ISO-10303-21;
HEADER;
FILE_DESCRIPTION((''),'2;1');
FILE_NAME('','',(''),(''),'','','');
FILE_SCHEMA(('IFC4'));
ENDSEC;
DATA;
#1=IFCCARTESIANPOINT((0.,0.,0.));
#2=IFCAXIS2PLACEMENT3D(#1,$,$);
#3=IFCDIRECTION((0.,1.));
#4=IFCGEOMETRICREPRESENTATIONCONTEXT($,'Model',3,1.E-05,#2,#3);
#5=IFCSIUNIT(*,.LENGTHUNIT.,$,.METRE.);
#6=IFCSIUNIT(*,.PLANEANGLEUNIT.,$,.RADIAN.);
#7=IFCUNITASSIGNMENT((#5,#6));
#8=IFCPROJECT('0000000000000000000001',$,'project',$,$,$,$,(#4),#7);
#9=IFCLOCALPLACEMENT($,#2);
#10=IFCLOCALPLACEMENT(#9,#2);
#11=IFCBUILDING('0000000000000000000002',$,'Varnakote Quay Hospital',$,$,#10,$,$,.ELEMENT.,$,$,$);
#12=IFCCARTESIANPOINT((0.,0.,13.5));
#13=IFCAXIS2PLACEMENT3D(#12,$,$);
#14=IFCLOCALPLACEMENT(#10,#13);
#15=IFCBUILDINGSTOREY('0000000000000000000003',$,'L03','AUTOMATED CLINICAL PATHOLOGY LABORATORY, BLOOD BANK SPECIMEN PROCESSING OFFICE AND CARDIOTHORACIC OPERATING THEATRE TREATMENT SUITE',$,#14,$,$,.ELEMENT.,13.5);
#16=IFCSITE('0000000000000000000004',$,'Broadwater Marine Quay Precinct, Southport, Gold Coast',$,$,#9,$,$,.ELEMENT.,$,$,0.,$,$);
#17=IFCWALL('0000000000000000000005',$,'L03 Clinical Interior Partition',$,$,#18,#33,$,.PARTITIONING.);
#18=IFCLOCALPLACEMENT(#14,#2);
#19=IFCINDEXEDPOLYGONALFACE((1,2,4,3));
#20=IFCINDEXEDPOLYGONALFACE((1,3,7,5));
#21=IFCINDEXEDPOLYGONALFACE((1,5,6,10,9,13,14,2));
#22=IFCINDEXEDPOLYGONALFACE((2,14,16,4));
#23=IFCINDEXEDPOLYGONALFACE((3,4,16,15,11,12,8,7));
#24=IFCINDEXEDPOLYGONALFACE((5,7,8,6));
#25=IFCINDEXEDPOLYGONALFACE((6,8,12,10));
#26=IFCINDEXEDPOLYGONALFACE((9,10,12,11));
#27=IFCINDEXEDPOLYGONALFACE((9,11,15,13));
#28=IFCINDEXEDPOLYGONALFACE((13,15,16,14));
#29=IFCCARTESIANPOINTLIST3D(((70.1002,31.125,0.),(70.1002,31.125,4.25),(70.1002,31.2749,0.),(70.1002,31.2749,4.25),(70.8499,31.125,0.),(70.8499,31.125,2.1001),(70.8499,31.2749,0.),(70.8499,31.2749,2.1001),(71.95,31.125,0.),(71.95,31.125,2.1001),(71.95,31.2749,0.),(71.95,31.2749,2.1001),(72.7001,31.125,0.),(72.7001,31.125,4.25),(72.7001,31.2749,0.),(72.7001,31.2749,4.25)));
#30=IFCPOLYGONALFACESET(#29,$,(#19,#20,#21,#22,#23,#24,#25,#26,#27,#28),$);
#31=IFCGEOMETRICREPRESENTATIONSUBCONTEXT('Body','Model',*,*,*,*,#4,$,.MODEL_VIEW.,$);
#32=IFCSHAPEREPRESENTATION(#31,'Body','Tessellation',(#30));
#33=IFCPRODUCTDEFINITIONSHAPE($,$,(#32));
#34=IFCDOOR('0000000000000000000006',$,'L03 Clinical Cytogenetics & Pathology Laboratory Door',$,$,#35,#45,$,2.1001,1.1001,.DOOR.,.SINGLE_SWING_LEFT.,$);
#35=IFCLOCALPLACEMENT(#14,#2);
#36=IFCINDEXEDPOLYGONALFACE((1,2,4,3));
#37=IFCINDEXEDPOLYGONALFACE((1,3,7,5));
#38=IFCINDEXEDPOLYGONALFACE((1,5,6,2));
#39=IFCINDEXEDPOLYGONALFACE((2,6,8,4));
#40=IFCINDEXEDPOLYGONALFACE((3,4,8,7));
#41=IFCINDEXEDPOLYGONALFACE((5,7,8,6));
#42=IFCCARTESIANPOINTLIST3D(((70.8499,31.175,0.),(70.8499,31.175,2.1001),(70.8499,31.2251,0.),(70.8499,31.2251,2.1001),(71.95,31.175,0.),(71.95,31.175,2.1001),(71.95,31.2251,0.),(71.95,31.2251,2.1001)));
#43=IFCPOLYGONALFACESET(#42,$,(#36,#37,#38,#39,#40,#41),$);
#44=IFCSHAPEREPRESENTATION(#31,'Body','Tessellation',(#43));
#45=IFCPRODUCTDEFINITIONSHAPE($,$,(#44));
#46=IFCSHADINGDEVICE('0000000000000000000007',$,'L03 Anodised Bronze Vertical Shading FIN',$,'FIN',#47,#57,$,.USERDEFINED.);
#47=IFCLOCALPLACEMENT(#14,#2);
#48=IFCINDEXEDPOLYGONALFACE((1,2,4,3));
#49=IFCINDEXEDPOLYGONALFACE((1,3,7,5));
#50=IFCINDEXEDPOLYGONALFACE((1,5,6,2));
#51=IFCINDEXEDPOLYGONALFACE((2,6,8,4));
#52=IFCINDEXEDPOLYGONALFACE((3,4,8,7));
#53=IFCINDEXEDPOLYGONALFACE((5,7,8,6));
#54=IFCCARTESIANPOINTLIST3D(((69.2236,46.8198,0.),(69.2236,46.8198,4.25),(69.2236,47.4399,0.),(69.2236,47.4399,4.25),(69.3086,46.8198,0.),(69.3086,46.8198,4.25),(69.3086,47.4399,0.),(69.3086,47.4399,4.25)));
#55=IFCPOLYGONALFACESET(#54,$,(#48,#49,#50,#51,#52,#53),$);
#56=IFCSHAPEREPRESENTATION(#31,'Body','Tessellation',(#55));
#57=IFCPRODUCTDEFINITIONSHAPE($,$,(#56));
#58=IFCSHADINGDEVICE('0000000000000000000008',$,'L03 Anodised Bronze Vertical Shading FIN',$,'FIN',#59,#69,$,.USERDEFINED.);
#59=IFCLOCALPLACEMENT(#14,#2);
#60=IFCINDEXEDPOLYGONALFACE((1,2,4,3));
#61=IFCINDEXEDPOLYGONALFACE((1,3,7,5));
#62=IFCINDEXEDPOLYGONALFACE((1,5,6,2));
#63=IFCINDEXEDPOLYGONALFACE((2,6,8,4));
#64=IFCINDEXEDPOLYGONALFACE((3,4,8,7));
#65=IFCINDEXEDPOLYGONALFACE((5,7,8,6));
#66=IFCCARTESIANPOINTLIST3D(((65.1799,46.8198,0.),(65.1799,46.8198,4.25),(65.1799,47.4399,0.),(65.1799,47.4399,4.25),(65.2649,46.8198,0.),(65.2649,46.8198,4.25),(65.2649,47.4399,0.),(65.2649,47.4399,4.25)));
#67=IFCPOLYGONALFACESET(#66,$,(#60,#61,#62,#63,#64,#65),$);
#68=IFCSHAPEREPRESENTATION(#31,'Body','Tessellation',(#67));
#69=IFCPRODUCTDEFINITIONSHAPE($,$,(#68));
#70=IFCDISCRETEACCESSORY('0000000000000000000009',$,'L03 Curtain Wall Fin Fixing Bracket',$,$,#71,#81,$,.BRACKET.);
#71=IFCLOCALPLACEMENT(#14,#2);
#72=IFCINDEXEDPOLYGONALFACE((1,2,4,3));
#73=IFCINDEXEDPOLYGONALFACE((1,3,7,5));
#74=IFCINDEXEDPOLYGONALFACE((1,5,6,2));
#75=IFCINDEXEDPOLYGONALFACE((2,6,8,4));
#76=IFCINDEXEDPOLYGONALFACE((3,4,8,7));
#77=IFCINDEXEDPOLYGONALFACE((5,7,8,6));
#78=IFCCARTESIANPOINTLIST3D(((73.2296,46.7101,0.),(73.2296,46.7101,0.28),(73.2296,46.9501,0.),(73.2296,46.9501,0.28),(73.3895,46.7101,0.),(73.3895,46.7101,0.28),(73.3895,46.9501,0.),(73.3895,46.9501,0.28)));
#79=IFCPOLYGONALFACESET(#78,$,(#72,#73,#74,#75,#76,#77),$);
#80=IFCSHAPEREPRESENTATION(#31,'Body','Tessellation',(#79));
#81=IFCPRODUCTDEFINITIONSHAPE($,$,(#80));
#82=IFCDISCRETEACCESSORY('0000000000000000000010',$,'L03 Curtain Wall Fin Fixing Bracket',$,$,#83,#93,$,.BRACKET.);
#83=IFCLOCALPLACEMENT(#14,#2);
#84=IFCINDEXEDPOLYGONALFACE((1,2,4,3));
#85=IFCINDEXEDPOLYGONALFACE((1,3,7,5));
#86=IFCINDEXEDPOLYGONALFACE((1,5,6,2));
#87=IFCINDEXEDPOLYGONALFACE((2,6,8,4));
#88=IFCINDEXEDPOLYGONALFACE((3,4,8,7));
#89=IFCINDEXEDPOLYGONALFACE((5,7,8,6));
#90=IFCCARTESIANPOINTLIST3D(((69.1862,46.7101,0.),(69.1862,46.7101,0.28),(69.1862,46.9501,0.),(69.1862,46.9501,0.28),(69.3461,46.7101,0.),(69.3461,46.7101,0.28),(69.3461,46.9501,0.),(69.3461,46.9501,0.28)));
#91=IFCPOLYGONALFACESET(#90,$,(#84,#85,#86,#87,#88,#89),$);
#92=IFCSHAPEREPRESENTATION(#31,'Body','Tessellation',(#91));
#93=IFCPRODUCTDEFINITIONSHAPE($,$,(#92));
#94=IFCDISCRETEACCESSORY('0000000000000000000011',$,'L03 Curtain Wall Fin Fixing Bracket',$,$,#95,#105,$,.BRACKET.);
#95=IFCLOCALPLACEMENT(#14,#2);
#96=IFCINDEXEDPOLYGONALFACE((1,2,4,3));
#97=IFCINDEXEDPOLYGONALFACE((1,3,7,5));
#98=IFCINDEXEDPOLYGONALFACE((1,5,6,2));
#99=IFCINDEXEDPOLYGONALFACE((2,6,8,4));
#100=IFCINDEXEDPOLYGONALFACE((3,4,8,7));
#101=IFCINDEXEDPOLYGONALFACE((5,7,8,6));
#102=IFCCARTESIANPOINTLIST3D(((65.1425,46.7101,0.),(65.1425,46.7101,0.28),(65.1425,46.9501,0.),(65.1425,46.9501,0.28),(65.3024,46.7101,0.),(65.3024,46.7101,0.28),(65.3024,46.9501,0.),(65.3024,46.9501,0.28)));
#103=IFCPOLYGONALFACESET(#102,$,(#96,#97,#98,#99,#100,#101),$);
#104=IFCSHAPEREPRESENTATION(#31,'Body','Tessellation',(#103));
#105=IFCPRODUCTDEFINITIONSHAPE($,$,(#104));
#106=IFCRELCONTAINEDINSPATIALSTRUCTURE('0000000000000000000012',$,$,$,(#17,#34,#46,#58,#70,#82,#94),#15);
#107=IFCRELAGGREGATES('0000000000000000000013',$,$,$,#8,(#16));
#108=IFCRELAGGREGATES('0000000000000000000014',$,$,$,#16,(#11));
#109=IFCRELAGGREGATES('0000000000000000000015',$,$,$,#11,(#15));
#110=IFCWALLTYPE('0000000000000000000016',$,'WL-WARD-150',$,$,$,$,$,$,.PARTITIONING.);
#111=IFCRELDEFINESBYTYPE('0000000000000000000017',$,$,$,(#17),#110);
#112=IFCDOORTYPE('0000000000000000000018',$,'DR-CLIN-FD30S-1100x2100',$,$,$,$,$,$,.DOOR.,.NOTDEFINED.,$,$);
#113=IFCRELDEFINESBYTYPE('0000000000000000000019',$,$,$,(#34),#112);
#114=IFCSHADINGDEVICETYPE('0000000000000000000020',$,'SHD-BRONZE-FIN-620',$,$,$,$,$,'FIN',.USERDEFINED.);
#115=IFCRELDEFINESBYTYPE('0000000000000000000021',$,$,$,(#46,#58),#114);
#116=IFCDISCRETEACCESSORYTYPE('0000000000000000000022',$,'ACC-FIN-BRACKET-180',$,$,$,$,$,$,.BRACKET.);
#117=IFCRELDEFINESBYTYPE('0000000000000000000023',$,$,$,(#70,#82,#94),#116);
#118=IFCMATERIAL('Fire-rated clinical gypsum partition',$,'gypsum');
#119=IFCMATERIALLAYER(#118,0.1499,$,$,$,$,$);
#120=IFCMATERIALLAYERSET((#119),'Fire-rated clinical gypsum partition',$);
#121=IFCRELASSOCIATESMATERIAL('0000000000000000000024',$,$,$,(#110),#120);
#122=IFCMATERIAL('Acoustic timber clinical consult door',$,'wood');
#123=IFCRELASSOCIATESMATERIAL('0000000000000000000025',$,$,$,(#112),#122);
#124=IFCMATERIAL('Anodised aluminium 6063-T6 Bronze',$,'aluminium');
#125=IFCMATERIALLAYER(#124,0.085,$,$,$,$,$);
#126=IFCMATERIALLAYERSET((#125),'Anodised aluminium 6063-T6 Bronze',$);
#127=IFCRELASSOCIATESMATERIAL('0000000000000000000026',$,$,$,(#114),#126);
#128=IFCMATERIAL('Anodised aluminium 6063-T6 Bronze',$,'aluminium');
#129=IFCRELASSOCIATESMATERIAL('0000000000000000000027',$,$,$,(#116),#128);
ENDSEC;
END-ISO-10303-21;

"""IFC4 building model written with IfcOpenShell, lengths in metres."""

from ifc_helpers import new_model, si_unit, direction, frame, frame_2d, origin, origin_2d, place, context, subcontext, project, spatial, rectangle, extrude, material, layer, layer_set, type_object, element, fill, save


model = new_model("IFC4")

# Units and contexts
model_context = context("Model", 3, precision=1e-05, world=origin(), true_north=direction((0.0, 1.0)))
body_context = subcontext(model_context, "Body", "Model", "MODEL_VIEW")
ifc_project = project(units=[si_unit("LENGTHUNIT", "METRE"), si_unit("PLANEANGLEUNIT", "RADIAN")], contexts=[model_context])

# Site, building, storey
site_placement = place(None, origin())
site = spatial("IfcSite", under=ifc_project, at=site_placement, Name="Broadwater Marine Quay Precinct, Southport, Gold Coast", CompositionType="ELEMENT", RefElevation=0.0)
building_placement = place(site_placement, origin())
building = spatial("IfcBuilding", under=site, at=building_placement, Name="Varnakote Quay Hospital", CompositionType="ELEMENT")
storey_placement = place(building_placement, frame((0.0, 0.0, 13.5)))
storey = spatial("IfcBuildingStorey", under=building, at=storey_placement, Name="L03", Description="AUTOMATED CLINICAL PATHOLOGY LABORATORY, BLOOD BANK SPECIMEN PROCESSING OFFICE AND CARDIOTHORACIC OPERATING THEATRE TREATMENT SUITE", CompositionType="ELEMENT", Elevation=13.5)

# Shared definitions
ifc_material_1 = material(Name="Fire-rated clinical gypsum partition", Category="gypsum")
ifc_layer_1 = layer(ifc_material_1, 0.1499)
ifc_layer_set_1 = layer_set([ifc_layer_1], Name="Fire-rated clinical gypsum partition")
wall_type_1 = type_object("IfcWallType", Name="WL-WARD-150", PredefinedType="PARTITIONING", material=ifc_layer_set_1)

# Wall, opening, door
wall_1_placement = place(storey_placement, frame((72.7, 31.2, 0.0), z_axis=(0.0, 0.0, 1.0), x_axis=(-1.0, 0.0, 0.0)))
wall_1 = element("IfcWall", 1, at=wall_1_placement, inside=storey, type_object=wall_type_1, Name="L03 Clinical Interior Partition", PredefinedType="PARTITIONING", context=body_context, shape_type="SweptSolid", body=[
    extrude(rectangle(XDim=2.5999, YDim=0.1499, at=frame_2d((1.2998, 0.0))), origin(), (0.0, 0.0, 1.0), 4.25),
])
opening_1_placement = place(wall_1_placement, frame((0.75, 0.0, 0.0)))
opening_1 = element("IfcOpeningElement", 2, at=opening_1_placement, cuts=wall_1, PredefinedType="OPENING", context=body_context, shape_type="SweptSolid", body=[
    extrude(rectangle(XDim=1.1001, YDim=2.1001, at=frame_2d((0.55, 1.05))), frame((0.0, 0.085, 0.0), z_axis=(0.0, -1.0, 0.0), x_axis=(1.0, 0.0, 0.0)), (0.0, 0.0, 1.0), 0.1699),
])
ifc_material_2 = material(Name="Acoustic timber clinical consult door", Category="wood")
door_type_1 = type_object("IfcDoorType", Name="DR-CLIN-FD30S-1100x2100", OperationType="NOTDEFINED", PredefinedType="DOOR", material=ifc_material_2)
door_1_placement = place(opening_1_placement, origin())
door_1 = element("IfcDoor", 3, at=door_1_placement, inside=storey, type_object=door_type_1, Name="L03 Clinical Cytogenetics & Pathology Laboratory Door", OperationType="SINGLE_SWING_LEFT", OverallHeight=2.1001, OverallWidth=1.1001, PredefinedType="DOOR", context=body_context, shape_type="SweptSolid", body=[
    extrude(rectangle(XDim=1.1001, YDim=2.1001, at=frame_2d((0.55, 1.05))), frame((0.0, 0.0249, 0.0), z_axis=(0.0, -1.0, 0.0), x_axis=(1.0, 0.0, 0.0)), (0.0, 0.0, 1.0), 0.05),
])
fill(opening_1, door_1)

# Shading devices
ifc_material_3 = material(Name="Anodised aluminium 6063-T6 Bronze", Category="aluminium")
ifc_layer_2 = layer(ifc_material_3, 0.085)
ifc_layer_set_2 = layer_set([ifc_layer_2], Name="Anodised aluminium 6063-T6 Bronze")
shading_device_type = type_object("IfcShadingDeviceType", Name="SHD-BRONZE-FIN-620", ElementType="FIN", PredefinedType="USERDEFINED", material=ifc_layer_set_2)
for number, where, z_axis, x_axis, name in (
    (4, (69.2661, 47.1299, 0.0), (0.0, 0.0, 1.0), (0.0, -1.0, 0.0), "L03 Anodised Bronze Vertical Shading FIN"),
    (5, (65.2224, 47.1299, 0.0), (0.0, 0.0, 1.0), (0.0, -1.0, 0.0), "L03 Anodised Bronze Vertical Shading FIN"),
):
    element("IfcShadingDevice", number, at=place(storey_placement, frame(where, z_axis=z_axis, x_axis=x_axis)), inside=storey, type_object=shading_device_type, Name=name, ObjectType="FIN", PredefinedType="USERDEFINED", context=body_context, shape_type="SweptSolid", body=[
        extrude(rectangle(XDim=0.6201, YDim=0.085, at=origin_2d()), origin(), (0.0, 0.0, 1.0), 4.25),
    ])

# Discrete accessories
ifc_material_4 = material(Name="Anodised aluminium 6063-T6 Bronze", Category="aluminium")
discrete_accessory_type = type_object("IfcDiscreteAccessoryType", Name="ACC-FIN-BRACKET-180", PredefinedType="BRACKET", material=ifc_material_4)
for number, where, z_axis, x_axis, name in (
    (6, (73.3096, 46.8301, 0.0), (0.0, 0.0, 1.0), (-1.0, 0.0, 0.0), "L03 Curtain Wall Fin Fixing Bracket"),
    (7, (69.2661, 46.8301, 0.0), (0.0, 0.0, 1.0), (-1.0, 0.0, 0.0), "L03 Curtain Wall Fin Fixing Bracket"),
    (8, (65.2224, 46.8301, 0.0), (0.0, 0.0, 1.0), (-1.0, 0.0, 0.0), "L03 Curtain Wall Fin Fixing Bracket"),
):
    element("IfcDiscreteAccessory", number, at=place(storey_placement, frame(where, z_axis=z_axis, x_axis=x_axis)), inside=storey, type_object=discrete_accessory_type, Name=name, PredefinedType="BRACKET", context=body_context, shape_type="SweptSolid", body=[
        extrude(rectangle(XDim=0.1599, YDim=0.24, at=origin_2d()), origin(), (0.0, 0.0, 1.0), 0.28),
    ])

save(model, "model.ifc")
